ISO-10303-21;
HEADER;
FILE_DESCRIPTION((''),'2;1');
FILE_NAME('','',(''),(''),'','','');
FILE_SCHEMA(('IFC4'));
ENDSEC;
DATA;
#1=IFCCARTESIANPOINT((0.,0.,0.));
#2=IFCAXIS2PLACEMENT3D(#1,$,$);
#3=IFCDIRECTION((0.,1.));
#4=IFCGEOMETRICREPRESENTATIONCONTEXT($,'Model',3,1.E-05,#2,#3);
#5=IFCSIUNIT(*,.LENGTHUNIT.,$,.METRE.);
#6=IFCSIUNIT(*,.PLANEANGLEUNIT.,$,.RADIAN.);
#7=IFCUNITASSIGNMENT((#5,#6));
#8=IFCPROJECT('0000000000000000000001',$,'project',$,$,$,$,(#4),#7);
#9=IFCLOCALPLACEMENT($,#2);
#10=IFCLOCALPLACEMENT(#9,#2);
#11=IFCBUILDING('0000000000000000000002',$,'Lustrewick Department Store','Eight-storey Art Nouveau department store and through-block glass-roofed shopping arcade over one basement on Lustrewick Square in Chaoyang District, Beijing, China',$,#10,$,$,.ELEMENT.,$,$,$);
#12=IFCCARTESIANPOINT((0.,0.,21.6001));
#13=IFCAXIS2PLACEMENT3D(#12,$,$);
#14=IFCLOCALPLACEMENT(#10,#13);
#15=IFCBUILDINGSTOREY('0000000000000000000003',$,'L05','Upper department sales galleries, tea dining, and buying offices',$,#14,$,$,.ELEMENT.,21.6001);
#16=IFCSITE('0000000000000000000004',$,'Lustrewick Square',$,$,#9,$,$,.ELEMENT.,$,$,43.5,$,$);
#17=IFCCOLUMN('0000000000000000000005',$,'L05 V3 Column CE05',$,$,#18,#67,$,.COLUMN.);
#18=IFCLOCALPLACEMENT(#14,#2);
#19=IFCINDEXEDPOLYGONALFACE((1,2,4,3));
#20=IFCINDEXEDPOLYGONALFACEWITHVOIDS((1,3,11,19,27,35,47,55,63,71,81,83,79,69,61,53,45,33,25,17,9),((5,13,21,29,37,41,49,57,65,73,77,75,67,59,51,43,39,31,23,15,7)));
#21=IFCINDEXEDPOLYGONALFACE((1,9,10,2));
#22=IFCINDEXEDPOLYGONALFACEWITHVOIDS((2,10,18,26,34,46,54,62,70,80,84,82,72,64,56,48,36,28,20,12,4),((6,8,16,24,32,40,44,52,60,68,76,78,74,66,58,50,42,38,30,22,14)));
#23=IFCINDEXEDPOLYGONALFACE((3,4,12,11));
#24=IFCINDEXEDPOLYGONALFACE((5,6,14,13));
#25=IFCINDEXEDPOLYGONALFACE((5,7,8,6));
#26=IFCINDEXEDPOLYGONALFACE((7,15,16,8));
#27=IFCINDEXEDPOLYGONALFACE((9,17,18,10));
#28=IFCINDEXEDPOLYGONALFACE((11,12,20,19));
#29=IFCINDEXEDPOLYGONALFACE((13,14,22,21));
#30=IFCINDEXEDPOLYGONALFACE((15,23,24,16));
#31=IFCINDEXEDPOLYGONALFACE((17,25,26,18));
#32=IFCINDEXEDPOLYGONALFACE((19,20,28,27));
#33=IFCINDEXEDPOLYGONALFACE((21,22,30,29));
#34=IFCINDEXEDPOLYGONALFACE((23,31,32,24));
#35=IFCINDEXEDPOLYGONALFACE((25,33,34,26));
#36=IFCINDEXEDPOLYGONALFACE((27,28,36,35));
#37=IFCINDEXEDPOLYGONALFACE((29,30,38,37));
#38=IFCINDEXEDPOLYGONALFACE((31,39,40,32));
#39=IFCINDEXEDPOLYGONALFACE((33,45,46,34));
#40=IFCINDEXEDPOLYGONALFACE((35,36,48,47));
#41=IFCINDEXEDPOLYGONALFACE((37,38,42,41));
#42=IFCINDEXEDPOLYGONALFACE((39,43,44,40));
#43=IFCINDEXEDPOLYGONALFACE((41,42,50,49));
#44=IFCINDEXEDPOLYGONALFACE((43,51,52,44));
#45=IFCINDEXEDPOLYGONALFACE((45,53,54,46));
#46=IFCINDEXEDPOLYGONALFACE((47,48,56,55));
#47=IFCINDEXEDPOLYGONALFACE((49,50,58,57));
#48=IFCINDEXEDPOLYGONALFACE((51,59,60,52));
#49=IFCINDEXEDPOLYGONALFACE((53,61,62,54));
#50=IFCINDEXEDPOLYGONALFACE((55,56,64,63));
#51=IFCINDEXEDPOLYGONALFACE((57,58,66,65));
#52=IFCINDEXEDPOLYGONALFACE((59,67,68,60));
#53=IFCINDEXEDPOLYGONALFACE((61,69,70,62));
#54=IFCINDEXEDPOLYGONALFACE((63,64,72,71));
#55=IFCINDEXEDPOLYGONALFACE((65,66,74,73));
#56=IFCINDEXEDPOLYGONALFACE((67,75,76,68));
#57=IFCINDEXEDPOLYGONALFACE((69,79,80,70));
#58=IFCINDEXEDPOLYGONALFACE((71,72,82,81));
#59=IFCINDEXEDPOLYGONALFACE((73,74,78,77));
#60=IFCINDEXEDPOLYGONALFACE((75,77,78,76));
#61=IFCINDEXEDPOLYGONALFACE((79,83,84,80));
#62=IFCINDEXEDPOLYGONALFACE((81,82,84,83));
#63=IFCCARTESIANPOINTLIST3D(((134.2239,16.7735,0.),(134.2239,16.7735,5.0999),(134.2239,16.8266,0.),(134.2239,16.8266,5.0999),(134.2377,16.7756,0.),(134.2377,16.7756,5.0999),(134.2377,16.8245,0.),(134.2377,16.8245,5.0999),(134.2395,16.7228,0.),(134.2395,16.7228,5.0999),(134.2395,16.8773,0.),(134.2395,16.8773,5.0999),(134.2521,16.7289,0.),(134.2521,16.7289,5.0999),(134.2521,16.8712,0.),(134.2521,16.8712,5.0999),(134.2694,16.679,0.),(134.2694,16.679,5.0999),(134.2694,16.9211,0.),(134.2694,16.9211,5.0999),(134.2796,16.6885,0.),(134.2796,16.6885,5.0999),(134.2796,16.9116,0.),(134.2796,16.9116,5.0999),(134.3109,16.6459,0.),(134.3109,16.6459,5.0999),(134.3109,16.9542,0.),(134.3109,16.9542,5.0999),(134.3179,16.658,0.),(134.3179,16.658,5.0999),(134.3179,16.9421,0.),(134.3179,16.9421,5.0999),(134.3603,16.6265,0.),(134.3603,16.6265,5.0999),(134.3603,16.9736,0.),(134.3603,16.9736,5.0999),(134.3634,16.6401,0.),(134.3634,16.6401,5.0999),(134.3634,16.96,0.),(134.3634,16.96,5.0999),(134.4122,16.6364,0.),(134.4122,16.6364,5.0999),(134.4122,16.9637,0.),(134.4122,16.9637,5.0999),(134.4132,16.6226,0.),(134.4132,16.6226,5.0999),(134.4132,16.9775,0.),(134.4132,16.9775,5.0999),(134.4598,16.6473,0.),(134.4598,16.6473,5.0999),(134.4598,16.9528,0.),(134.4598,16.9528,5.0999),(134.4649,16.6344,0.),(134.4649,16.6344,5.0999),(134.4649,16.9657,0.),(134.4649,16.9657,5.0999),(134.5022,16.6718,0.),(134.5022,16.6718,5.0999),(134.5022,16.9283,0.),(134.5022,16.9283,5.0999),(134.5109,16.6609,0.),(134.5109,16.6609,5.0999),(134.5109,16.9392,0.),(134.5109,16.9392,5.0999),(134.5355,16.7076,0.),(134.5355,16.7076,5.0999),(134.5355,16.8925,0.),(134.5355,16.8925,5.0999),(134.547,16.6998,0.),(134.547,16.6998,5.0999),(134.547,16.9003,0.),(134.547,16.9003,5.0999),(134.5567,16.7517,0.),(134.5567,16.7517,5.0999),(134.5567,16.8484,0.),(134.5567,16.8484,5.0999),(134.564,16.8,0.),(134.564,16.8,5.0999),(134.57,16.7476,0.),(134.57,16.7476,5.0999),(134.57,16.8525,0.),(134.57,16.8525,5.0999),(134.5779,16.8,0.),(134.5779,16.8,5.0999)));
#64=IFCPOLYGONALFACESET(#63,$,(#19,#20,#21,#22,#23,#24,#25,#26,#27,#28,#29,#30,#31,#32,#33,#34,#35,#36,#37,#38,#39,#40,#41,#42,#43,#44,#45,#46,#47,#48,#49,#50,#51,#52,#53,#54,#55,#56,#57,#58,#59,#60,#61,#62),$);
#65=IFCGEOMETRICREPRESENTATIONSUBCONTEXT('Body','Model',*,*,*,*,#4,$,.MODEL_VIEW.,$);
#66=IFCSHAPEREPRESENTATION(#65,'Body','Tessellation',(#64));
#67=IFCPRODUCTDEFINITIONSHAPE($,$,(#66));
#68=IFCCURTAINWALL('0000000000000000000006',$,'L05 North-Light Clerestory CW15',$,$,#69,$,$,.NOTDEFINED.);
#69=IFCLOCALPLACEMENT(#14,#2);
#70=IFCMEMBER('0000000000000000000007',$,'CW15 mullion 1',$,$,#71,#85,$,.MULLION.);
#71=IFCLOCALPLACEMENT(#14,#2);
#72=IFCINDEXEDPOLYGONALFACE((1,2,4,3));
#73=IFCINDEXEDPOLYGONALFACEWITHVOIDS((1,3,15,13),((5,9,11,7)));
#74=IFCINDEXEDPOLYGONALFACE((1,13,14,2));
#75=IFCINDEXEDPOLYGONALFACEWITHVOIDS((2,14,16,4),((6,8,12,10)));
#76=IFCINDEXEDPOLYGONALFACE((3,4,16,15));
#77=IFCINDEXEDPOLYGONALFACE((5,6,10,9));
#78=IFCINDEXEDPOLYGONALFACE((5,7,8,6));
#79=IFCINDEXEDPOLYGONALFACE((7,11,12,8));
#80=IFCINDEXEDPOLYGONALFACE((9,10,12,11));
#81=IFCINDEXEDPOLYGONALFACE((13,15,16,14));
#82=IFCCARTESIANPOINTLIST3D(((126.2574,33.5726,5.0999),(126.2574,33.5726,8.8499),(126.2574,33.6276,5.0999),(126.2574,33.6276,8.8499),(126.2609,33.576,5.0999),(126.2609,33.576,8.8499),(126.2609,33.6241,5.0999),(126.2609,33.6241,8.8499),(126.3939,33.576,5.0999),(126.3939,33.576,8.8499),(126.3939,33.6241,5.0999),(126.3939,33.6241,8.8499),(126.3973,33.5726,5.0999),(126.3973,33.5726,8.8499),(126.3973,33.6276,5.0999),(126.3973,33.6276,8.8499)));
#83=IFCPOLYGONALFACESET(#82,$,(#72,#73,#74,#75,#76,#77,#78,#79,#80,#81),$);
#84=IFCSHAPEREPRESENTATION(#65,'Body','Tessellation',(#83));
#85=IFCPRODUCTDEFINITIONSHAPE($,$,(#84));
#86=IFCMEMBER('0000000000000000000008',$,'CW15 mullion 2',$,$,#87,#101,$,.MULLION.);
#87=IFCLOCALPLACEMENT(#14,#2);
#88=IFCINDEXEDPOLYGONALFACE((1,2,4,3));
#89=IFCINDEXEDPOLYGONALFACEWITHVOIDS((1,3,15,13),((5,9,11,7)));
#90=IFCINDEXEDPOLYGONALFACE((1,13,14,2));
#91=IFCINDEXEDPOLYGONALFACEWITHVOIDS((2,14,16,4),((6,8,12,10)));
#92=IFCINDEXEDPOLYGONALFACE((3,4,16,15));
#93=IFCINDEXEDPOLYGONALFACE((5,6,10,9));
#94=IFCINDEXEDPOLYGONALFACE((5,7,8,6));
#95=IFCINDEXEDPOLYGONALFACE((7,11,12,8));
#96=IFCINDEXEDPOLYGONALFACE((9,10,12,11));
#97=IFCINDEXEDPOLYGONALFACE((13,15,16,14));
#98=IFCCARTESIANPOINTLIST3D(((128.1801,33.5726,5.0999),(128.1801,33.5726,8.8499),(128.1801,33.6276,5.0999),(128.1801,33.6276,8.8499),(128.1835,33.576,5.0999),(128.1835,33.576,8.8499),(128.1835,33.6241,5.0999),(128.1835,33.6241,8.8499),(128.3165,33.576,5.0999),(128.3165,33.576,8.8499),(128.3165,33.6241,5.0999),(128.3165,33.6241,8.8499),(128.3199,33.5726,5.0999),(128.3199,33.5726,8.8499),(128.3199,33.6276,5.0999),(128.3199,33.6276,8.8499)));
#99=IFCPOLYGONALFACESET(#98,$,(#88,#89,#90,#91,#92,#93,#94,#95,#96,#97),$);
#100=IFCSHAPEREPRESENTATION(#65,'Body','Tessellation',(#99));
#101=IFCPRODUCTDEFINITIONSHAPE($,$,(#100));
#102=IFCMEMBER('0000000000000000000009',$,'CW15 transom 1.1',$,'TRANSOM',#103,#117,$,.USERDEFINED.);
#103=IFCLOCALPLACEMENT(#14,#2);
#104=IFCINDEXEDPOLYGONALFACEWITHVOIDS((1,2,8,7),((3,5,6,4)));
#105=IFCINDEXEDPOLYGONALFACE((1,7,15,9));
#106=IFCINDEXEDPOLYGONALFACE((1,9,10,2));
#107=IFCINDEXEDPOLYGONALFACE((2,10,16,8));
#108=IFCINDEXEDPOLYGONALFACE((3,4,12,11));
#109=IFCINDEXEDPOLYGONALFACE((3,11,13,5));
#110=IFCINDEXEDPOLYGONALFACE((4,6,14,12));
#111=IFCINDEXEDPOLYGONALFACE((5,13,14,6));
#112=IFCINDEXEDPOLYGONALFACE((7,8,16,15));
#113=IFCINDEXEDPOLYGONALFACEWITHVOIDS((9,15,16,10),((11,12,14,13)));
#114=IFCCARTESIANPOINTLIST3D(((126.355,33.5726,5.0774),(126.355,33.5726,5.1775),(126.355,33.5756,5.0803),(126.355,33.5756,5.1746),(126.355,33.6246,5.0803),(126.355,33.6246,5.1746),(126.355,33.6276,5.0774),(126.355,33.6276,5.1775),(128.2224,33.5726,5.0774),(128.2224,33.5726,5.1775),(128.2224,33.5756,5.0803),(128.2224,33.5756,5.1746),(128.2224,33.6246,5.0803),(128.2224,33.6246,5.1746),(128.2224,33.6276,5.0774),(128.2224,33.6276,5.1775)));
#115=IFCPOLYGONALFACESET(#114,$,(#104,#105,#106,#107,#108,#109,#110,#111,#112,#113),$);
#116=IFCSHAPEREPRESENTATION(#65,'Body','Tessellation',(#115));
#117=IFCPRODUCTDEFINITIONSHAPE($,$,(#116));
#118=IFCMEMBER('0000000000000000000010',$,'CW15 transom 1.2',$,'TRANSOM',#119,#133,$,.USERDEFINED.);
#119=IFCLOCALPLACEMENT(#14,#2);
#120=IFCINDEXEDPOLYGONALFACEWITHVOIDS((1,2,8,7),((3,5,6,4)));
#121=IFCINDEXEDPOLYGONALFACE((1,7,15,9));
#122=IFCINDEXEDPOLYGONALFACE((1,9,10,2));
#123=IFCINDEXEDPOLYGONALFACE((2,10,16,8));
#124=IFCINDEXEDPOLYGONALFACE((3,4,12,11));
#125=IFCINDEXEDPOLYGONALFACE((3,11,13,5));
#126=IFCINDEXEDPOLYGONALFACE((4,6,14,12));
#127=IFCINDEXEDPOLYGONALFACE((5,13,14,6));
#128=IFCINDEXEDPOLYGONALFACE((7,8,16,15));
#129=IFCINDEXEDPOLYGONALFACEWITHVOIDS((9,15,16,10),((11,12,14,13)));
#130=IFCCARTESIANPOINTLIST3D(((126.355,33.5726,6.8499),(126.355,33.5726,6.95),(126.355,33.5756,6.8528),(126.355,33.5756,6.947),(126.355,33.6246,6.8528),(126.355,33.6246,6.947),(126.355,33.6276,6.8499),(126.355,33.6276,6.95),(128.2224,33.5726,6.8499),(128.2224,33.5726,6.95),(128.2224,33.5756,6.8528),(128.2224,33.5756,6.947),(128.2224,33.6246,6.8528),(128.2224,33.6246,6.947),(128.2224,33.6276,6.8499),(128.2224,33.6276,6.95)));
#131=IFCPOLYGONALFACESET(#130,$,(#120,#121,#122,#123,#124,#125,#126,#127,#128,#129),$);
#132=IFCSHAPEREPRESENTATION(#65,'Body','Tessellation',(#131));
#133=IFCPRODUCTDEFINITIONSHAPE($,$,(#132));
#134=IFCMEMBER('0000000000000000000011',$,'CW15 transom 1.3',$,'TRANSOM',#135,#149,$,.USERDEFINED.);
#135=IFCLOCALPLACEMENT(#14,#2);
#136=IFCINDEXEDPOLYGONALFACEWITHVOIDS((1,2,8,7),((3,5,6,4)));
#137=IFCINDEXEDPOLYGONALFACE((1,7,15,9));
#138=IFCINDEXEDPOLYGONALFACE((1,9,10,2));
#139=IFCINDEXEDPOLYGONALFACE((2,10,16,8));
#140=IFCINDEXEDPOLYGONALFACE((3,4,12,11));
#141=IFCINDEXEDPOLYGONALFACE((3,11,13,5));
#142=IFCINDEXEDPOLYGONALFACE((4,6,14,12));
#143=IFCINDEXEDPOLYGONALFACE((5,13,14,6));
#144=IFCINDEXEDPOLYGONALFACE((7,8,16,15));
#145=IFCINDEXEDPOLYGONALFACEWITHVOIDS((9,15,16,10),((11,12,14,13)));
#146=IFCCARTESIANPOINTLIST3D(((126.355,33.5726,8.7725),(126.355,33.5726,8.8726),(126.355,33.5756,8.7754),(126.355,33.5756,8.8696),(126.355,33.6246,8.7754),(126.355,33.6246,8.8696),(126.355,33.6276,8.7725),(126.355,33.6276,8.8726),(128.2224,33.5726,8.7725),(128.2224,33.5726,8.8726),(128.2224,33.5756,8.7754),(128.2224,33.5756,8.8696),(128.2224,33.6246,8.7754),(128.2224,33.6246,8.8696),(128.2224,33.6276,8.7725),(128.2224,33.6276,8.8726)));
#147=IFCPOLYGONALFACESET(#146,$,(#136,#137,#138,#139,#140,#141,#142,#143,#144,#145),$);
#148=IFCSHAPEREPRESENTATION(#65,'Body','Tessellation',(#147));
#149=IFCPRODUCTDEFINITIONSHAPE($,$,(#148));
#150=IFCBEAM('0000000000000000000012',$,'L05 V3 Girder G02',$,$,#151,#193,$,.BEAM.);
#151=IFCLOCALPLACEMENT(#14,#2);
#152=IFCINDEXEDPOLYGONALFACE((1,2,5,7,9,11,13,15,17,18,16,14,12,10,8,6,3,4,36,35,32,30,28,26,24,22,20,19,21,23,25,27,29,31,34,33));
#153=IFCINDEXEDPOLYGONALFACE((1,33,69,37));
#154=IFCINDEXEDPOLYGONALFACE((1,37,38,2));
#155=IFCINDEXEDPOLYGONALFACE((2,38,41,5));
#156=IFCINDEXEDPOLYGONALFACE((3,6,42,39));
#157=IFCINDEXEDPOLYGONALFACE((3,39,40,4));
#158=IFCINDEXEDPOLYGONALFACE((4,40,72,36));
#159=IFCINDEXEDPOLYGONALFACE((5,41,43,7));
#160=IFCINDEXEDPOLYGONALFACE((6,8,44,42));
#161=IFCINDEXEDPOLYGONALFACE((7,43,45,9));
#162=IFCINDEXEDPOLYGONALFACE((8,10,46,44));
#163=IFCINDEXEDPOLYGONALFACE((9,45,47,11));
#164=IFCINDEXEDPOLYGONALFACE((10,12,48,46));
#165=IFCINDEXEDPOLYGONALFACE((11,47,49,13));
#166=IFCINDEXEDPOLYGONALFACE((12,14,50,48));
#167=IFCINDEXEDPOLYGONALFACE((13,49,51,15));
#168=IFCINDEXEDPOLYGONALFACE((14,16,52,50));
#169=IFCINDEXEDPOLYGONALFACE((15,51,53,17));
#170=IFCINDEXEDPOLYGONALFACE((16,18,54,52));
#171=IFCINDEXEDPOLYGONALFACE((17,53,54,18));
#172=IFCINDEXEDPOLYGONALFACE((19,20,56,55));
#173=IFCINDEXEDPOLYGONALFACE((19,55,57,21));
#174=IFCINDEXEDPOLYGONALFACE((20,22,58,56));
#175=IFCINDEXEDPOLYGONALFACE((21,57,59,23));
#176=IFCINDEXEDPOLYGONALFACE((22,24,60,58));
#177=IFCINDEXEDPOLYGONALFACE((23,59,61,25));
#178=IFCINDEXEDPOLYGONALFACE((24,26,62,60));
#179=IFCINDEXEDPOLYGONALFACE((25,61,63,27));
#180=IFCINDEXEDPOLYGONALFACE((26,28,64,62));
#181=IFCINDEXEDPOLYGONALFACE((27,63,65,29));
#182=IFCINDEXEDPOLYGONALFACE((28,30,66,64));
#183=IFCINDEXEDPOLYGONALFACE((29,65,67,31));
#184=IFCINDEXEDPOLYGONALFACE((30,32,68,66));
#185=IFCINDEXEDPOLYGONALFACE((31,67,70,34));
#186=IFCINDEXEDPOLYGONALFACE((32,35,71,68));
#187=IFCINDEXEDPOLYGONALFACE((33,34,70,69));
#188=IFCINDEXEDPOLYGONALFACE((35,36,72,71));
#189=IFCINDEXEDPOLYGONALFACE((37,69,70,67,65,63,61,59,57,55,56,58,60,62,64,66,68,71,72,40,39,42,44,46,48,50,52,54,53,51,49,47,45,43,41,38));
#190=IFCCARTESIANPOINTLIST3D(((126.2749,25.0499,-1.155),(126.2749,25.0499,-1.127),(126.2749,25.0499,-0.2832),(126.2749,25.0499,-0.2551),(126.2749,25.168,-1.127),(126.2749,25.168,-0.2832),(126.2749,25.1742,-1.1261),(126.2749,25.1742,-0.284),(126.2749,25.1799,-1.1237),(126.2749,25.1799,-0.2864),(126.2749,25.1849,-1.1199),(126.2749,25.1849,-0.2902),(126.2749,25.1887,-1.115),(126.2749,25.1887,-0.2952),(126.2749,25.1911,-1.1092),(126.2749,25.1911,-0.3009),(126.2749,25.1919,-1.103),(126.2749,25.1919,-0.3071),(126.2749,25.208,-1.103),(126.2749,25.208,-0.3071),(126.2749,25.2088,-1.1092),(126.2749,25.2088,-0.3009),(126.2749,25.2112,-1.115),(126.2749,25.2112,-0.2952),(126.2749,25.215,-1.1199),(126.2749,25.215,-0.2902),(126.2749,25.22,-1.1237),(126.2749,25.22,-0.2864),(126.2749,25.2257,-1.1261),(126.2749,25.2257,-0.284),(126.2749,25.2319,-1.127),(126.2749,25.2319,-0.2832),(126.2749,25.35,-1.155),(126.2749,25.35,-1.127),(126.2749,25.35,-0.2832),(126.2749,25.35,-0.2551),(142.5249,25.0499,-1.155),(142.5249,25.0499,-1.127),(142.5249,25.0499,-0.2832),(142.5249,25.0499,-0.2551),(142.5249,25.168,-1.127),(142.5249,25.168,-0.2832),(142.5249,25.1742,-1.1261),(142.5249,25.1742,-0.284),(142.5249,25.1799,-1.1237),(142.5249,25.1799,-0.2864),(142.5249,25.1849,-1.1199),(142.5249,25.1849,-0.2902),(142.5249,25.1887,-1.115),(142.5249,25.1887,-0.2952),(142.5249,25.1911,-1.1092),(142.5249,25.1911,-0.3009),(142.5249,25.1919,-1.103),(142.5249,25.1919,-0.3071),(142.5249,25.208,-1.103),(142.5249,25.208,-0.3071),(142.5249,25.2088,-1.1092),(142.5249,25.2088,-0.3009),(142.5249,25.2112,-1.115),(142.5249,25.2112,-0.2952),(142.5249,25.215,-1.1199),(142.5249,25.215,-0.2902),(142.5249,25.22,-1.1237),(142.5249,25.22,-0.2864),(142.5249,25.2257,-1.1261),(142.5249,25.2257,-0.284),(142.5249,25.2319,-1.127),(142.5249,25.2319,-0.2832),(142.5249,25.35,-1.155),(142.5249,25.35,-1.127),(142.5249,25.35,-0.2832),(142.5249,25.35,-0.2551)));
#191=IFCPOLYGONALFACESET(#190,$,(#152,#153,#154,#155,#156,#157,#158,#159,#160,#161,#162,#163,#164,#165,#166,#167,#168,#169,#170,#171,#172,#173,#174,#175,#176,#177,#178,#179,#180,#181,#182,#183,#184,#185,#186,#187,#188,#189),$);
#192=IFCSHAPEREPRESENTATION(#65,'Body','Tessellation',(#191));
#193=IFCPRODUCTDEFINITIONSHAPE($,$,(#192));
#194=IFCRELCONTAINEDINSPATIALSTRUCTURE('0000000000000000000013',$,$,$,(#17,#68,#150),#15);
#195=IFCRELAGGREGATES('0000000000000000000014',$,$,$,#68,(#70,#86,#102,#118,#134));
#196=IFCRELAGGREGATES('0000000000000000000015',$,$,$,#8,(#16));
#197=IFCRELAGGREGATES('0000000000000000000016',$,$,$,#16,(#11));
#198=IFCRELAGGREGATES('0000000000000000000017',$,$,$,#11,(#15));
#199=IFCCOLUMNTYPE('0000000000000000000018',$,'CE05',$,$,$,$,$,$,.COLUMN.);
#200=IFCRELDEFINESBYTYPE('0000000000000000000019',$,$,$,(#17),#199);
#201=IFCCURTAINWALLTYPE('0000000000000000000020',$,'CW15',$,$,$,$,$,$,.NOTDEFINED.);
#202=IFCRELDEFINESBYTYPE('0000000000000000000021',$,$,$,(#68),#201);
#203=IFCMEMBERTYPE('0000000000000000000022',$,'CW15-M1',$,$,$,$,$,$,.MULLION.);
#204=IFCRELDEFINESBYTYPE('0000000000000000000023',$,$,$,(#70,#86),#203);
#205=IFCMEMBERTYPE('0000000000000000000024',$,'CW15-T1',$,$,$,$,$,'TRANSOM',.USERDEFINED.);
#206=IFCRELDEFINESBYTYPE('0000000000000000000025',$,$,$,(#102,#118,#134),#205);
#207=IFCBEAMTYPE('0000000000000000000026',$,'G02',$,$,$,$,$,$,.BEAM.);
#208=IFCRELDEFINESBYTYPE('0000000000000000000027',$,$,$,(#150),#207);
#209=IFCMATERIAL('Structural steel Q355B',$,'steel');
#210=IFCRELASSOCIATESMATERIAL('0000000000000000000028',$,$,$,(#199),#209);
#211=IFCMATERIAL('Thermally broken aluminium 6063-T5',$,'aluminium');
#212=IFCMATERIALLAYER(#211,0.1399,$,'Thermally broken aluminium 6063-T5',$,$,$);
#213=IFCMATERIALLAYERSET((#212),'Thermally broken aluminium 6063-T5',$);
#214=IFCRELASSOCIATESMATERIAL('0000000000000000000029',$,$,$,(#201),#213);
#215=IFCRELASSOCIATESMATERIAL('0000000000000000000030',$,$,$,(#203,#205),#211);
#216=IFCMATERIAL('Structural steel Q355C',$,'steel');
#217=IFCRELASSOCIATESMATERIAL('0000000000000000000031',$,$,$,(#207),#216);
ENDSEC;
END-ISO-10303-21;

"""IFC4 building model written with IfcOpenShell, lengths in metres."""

from ifc_helpers import new_model, si_unit, direction, frame, origin, origin_2d, place, context, subcontext, project, spatial, hollow_rectangle, hollow_circle, i_section, extrude, material, layer, layer_set, material_profile, profile_set, type_object, element, aggregate, save


model = new_model("IFC4")

# Units and contexts
model_context = context("Model", 3, precision=1e-05, world=origin(), true_north=direction((0.0, 1.0)))
body_context = subcontext(model_context, "Body", "Model", "MODEL_VIEW")
ifc_project = project(units=[si_unit("LENGTHUNIT", "METRE"), si_unit("PLANEANGLEUNIT", "RADIAN")], contexts=[model_context])

# Site, building, storey
site_placement = place(None, origin())
site = spatial("IfcSite", under=ifc_project, at=site_placement, Name="Lustrewick Square", CompositionType="ELEMENT", RefElevation=43.5)
building_placement = place(site_placement, origin())
building = spatial("IfcBuilding", under=site, at=building_placement, Name="Lustrewick Department Store", Description="Eight-storey Art Nouveau department store and through-block glass-roofed shopping arcade over one basement on Lustrewick Square in Chaoyang District, Beijing, China", CompositionType="ELEMENT")
storey_placement = place(building_placement, frame((0.0, 0.0, 21.6001)))
storey = spatial("IfcBuildingStorey", under=building, at=storey_placement, Name="L05", Description="Upper department sales galleries, tea dining, and buying offices", CompositionType="ELEMENT", Elevation=21.6001)

# Column
ifc_material_1 = material(Name="Structural steel Q355B", Category="steel")
ifc_material_profile_1 = material_profile(ifc_material_1, hollow_circle(Radius=0.178, WallThickness=0.0139, at=origin_2d()), Name="CHS 356x14")
ifc_profile_set_1 = profile_set([ifc_material_profile_1], Name="Structural steel Q355B")
column_type = type_object("IfcColumnType", Name="CE05", PredefinedType="COLUMN", material=ifc_profile_set_1)
column_placement = place(storey_placement, frame((134.3999, 16.8, 0.0), z_axis=(0.0, 0.0, 1.0), x_axis=(1.0, 0.0, 0.0)))
element("IfcColumn", 1, at=column_placement, inside=storey, type_object=column_type, Name="L05 V3 Column CE05", PredefinedType="COLUMN", context=body_context, shape_type="SweptSolid", body=[
    extrude(hollow_circle(Radius=0.178, WallThickness=0.0139, at=origin_2d()), origin(), (0.0, 0.0, 1.0), 5.0999),
])

# Curtain wall, members
ifc_material_2 = material(Name="Thermally broken aluminium 6063-T5", Category="aluminium")
ifc_layer_1 = layer(ifc_material_2, 0.1399, Name="Thermally broken aluminium 6063-T5")
ifc_layer_set_1 = layer_set([ifc_layer_1], Name="Thermally broken aluminium 6063-T5")
curtain_wall_type = type_object("IfcCurtainWallType", Name="CW15", PredefinedType="NOTDEFINED", material=ifc_layer_set_1)
curtain_wall_placement = place(storey_placement, origin())
curtain_wall = element("IfcCurtainWall", 2, at=curtain_wall_placement, inside=storey, type_object=curtain_wall_type, Name="L05 North-Light Clerestory CW15", PredefinedType="NOTDEFINED")
ifc_material_profile_2 = material_profile(ifc_material_2, hollow_rectangle(XDim=0.0549, YDim=0.1399, WallThickness=0.0034, at=origin_2d()), Name="ALU-M 55x140x3.5")
ifc_profile_set_2 = profile_set([ifc_material_profile_2], Name="Thermally broken aluminium 6063-T5")
member_type_1 = type_object("IfcMemberType", Name="CW15-M1", PredefinedType="MULLION", material=ifc_profile_set_2)
member_1_placement = place(storey_placement, frame((126.3274, 33.6001, 5.0999), z_axis=(0.0, 0.0, 1.0), x_axis=(0.0, 1.0, 0.0)))
member_1 = element("IfcMember", 3, at=member_1_placement, type_object=member_type_1, Name="CW15 mullion 1", PredefinedType="MULLION", context=body_context, shape_type="SweptSolid", body=[
    extrude(hollow_rectangle(XDim=0.0549, YDim=0.1399, WallThickness=0.0034, at=origin_2d()), origin(), (0.0, 0.0, 1.0), 3.75),
])
member_2_placement = place(storey_placement, frame((128.25, 33.6001, 5.0999), z_axis=(0.0, 0.0, 1.0), x_axis=(0.0, 1.0, 0.0)))
member_2 = element("IfcMember", 4, at=member_2_placement, type_object=member_type_1, Name="CW15 mullion 2", PredefinedType="MULLION", context=body_context, shape_type="SweptSolid", body=[
    extrude(hollow_rectangle(XDim=0.0549, YDim=0.1399, WallThickness=0.0034, at=origin_2d()), origin(), (0.0, 0.0, 1.0), 3.75),
])
ifc_material_profile_3 = material_profile(ifc_material_2, hollow_rectangle(XDim=0.0549, YDim=0.1001, WallThickness=0.0029, at=origin_2d()), Name="ALU-T 55x100x3")
ifc_profile_set_3 = profile_set([ifc_material_profile_3], Name="Thermally broken aluminium 6063-T5")
member_type_2 = type_object("IfcMemberType", Name="CW15-T1", ElementType="TRANSOM", PredefinedType="USERDEFINED", material=ifc_profile_set_3)
member_3_placement = place(storey_placement, frame((126.355, 33.6001, 5.1274), z_axis=(1.0, 0.0, 0.0), x_axis=(0.0, 1.0, 0.0)))
member_3 = element("IfcMember", 5, at=member_3_placement, type_object=member_type_2, Name="CW15 transom 1.1", ObjectType="TRANSOM", PredefinedType="USERDEFINED", context=body_context, shape_type="SweptSolid", body=[
    extrude(hollow_rectangle(XDim=0.0549, YDim=0.1001, WallThickness=0.0029, at=origin_2d()), origin(), (0.0, 0.0, 1.0), 1.8674),
])
member_4_placement = place(storey_placement, frame((126.355, 33.6001, 6.8999), z_axis=(1.0, 0.0, 0.0), x_axis=(0.0, 1.0, 0.0)))
member_4 = element("IfcMember", 6, at=member_4_placement, type_object=member_type_2, Name="CW15 transom 1.2", ObjectType="TRANSOM", PredefinedType="USERDEFINED", context=body_context, shape_type="SweptSolid", body=[
    extrude(hollow_rectangle(XDim=0.0549, YDim=0.1001, WallThickness=0.0029, at=origin_2d()), origin(), (0.0, 0.0, 1.0), 1.8674),
])
member_5_placement = place(storey_placement, frame((126.355, 33.6001, 8.8225), z_axis=(1.0, 0.0, 0.0), x_axis=(0.0, 1.0, 0.0)))
member_5 = element("IfcMember", 7, at=member_5_placement, type_object=member_type_2, Name="CW15 transom 1.3", ObjectType="TRANSOM", PredefinedType="USERDEFINED", context=body_context, shape_type="SweptSolid", body=[
    extrude(hollow_rectangle(XDim=0.0549, YDim=0.1001, WallThickness=0.0029, at=origin_2d()), origin(), (0.0, 0.0, 1.0), 1.8674),
])

# Beam
ifc_material_3 = material(Name="Structural steel Q355C", Category="steel")
ifc_material_profile_4 = material_profile(ifc_material_3, i_section(OverallWidth=0.3, OverallDepth=0.8999, WebThickness=0.0161, FlangeThickness=0.0281, FilletRadius=0.0239, at=origin_2d()), Name="HN 900x300x16x28")
ifc_profile_set_4 = profile_set([ifc_material_profile_4], Name="Structural steel Q355C")
beam_type_1 = type_object("IfcBeamType", Name="G02", PredefinedType="BEAM", material=ifc_profile_set_4)
beam_1_placement = place(storey_placement, frame((126.2749, 25.2, -0.7051), z_axis=(1.0, 0.0, 0.0), x_axis=(0.0, 1.0, 0.0)))
element("IfcBeam", 8, at=beam_1_placement, inside=storey, type_object=beam_type_1, Name="L05 V3 Girder G02", PredefinedType="BEAM", context=body_context, shape_type="SweptSolid", body=[
    extrude(i_section(OverallWidth=0.3, OverallDepth=0.8999, WebThickness=0.0161, FlangeThickness=0.0281, FilletRadius=0.0239, at=origin_2d()), origin(), (0.0, 0.0, 1.0), 16.25),
])

aggregate(curtain_wall, [member_1, member_2, member_3, member_4, member_5])

save(model, "model.ifc")
